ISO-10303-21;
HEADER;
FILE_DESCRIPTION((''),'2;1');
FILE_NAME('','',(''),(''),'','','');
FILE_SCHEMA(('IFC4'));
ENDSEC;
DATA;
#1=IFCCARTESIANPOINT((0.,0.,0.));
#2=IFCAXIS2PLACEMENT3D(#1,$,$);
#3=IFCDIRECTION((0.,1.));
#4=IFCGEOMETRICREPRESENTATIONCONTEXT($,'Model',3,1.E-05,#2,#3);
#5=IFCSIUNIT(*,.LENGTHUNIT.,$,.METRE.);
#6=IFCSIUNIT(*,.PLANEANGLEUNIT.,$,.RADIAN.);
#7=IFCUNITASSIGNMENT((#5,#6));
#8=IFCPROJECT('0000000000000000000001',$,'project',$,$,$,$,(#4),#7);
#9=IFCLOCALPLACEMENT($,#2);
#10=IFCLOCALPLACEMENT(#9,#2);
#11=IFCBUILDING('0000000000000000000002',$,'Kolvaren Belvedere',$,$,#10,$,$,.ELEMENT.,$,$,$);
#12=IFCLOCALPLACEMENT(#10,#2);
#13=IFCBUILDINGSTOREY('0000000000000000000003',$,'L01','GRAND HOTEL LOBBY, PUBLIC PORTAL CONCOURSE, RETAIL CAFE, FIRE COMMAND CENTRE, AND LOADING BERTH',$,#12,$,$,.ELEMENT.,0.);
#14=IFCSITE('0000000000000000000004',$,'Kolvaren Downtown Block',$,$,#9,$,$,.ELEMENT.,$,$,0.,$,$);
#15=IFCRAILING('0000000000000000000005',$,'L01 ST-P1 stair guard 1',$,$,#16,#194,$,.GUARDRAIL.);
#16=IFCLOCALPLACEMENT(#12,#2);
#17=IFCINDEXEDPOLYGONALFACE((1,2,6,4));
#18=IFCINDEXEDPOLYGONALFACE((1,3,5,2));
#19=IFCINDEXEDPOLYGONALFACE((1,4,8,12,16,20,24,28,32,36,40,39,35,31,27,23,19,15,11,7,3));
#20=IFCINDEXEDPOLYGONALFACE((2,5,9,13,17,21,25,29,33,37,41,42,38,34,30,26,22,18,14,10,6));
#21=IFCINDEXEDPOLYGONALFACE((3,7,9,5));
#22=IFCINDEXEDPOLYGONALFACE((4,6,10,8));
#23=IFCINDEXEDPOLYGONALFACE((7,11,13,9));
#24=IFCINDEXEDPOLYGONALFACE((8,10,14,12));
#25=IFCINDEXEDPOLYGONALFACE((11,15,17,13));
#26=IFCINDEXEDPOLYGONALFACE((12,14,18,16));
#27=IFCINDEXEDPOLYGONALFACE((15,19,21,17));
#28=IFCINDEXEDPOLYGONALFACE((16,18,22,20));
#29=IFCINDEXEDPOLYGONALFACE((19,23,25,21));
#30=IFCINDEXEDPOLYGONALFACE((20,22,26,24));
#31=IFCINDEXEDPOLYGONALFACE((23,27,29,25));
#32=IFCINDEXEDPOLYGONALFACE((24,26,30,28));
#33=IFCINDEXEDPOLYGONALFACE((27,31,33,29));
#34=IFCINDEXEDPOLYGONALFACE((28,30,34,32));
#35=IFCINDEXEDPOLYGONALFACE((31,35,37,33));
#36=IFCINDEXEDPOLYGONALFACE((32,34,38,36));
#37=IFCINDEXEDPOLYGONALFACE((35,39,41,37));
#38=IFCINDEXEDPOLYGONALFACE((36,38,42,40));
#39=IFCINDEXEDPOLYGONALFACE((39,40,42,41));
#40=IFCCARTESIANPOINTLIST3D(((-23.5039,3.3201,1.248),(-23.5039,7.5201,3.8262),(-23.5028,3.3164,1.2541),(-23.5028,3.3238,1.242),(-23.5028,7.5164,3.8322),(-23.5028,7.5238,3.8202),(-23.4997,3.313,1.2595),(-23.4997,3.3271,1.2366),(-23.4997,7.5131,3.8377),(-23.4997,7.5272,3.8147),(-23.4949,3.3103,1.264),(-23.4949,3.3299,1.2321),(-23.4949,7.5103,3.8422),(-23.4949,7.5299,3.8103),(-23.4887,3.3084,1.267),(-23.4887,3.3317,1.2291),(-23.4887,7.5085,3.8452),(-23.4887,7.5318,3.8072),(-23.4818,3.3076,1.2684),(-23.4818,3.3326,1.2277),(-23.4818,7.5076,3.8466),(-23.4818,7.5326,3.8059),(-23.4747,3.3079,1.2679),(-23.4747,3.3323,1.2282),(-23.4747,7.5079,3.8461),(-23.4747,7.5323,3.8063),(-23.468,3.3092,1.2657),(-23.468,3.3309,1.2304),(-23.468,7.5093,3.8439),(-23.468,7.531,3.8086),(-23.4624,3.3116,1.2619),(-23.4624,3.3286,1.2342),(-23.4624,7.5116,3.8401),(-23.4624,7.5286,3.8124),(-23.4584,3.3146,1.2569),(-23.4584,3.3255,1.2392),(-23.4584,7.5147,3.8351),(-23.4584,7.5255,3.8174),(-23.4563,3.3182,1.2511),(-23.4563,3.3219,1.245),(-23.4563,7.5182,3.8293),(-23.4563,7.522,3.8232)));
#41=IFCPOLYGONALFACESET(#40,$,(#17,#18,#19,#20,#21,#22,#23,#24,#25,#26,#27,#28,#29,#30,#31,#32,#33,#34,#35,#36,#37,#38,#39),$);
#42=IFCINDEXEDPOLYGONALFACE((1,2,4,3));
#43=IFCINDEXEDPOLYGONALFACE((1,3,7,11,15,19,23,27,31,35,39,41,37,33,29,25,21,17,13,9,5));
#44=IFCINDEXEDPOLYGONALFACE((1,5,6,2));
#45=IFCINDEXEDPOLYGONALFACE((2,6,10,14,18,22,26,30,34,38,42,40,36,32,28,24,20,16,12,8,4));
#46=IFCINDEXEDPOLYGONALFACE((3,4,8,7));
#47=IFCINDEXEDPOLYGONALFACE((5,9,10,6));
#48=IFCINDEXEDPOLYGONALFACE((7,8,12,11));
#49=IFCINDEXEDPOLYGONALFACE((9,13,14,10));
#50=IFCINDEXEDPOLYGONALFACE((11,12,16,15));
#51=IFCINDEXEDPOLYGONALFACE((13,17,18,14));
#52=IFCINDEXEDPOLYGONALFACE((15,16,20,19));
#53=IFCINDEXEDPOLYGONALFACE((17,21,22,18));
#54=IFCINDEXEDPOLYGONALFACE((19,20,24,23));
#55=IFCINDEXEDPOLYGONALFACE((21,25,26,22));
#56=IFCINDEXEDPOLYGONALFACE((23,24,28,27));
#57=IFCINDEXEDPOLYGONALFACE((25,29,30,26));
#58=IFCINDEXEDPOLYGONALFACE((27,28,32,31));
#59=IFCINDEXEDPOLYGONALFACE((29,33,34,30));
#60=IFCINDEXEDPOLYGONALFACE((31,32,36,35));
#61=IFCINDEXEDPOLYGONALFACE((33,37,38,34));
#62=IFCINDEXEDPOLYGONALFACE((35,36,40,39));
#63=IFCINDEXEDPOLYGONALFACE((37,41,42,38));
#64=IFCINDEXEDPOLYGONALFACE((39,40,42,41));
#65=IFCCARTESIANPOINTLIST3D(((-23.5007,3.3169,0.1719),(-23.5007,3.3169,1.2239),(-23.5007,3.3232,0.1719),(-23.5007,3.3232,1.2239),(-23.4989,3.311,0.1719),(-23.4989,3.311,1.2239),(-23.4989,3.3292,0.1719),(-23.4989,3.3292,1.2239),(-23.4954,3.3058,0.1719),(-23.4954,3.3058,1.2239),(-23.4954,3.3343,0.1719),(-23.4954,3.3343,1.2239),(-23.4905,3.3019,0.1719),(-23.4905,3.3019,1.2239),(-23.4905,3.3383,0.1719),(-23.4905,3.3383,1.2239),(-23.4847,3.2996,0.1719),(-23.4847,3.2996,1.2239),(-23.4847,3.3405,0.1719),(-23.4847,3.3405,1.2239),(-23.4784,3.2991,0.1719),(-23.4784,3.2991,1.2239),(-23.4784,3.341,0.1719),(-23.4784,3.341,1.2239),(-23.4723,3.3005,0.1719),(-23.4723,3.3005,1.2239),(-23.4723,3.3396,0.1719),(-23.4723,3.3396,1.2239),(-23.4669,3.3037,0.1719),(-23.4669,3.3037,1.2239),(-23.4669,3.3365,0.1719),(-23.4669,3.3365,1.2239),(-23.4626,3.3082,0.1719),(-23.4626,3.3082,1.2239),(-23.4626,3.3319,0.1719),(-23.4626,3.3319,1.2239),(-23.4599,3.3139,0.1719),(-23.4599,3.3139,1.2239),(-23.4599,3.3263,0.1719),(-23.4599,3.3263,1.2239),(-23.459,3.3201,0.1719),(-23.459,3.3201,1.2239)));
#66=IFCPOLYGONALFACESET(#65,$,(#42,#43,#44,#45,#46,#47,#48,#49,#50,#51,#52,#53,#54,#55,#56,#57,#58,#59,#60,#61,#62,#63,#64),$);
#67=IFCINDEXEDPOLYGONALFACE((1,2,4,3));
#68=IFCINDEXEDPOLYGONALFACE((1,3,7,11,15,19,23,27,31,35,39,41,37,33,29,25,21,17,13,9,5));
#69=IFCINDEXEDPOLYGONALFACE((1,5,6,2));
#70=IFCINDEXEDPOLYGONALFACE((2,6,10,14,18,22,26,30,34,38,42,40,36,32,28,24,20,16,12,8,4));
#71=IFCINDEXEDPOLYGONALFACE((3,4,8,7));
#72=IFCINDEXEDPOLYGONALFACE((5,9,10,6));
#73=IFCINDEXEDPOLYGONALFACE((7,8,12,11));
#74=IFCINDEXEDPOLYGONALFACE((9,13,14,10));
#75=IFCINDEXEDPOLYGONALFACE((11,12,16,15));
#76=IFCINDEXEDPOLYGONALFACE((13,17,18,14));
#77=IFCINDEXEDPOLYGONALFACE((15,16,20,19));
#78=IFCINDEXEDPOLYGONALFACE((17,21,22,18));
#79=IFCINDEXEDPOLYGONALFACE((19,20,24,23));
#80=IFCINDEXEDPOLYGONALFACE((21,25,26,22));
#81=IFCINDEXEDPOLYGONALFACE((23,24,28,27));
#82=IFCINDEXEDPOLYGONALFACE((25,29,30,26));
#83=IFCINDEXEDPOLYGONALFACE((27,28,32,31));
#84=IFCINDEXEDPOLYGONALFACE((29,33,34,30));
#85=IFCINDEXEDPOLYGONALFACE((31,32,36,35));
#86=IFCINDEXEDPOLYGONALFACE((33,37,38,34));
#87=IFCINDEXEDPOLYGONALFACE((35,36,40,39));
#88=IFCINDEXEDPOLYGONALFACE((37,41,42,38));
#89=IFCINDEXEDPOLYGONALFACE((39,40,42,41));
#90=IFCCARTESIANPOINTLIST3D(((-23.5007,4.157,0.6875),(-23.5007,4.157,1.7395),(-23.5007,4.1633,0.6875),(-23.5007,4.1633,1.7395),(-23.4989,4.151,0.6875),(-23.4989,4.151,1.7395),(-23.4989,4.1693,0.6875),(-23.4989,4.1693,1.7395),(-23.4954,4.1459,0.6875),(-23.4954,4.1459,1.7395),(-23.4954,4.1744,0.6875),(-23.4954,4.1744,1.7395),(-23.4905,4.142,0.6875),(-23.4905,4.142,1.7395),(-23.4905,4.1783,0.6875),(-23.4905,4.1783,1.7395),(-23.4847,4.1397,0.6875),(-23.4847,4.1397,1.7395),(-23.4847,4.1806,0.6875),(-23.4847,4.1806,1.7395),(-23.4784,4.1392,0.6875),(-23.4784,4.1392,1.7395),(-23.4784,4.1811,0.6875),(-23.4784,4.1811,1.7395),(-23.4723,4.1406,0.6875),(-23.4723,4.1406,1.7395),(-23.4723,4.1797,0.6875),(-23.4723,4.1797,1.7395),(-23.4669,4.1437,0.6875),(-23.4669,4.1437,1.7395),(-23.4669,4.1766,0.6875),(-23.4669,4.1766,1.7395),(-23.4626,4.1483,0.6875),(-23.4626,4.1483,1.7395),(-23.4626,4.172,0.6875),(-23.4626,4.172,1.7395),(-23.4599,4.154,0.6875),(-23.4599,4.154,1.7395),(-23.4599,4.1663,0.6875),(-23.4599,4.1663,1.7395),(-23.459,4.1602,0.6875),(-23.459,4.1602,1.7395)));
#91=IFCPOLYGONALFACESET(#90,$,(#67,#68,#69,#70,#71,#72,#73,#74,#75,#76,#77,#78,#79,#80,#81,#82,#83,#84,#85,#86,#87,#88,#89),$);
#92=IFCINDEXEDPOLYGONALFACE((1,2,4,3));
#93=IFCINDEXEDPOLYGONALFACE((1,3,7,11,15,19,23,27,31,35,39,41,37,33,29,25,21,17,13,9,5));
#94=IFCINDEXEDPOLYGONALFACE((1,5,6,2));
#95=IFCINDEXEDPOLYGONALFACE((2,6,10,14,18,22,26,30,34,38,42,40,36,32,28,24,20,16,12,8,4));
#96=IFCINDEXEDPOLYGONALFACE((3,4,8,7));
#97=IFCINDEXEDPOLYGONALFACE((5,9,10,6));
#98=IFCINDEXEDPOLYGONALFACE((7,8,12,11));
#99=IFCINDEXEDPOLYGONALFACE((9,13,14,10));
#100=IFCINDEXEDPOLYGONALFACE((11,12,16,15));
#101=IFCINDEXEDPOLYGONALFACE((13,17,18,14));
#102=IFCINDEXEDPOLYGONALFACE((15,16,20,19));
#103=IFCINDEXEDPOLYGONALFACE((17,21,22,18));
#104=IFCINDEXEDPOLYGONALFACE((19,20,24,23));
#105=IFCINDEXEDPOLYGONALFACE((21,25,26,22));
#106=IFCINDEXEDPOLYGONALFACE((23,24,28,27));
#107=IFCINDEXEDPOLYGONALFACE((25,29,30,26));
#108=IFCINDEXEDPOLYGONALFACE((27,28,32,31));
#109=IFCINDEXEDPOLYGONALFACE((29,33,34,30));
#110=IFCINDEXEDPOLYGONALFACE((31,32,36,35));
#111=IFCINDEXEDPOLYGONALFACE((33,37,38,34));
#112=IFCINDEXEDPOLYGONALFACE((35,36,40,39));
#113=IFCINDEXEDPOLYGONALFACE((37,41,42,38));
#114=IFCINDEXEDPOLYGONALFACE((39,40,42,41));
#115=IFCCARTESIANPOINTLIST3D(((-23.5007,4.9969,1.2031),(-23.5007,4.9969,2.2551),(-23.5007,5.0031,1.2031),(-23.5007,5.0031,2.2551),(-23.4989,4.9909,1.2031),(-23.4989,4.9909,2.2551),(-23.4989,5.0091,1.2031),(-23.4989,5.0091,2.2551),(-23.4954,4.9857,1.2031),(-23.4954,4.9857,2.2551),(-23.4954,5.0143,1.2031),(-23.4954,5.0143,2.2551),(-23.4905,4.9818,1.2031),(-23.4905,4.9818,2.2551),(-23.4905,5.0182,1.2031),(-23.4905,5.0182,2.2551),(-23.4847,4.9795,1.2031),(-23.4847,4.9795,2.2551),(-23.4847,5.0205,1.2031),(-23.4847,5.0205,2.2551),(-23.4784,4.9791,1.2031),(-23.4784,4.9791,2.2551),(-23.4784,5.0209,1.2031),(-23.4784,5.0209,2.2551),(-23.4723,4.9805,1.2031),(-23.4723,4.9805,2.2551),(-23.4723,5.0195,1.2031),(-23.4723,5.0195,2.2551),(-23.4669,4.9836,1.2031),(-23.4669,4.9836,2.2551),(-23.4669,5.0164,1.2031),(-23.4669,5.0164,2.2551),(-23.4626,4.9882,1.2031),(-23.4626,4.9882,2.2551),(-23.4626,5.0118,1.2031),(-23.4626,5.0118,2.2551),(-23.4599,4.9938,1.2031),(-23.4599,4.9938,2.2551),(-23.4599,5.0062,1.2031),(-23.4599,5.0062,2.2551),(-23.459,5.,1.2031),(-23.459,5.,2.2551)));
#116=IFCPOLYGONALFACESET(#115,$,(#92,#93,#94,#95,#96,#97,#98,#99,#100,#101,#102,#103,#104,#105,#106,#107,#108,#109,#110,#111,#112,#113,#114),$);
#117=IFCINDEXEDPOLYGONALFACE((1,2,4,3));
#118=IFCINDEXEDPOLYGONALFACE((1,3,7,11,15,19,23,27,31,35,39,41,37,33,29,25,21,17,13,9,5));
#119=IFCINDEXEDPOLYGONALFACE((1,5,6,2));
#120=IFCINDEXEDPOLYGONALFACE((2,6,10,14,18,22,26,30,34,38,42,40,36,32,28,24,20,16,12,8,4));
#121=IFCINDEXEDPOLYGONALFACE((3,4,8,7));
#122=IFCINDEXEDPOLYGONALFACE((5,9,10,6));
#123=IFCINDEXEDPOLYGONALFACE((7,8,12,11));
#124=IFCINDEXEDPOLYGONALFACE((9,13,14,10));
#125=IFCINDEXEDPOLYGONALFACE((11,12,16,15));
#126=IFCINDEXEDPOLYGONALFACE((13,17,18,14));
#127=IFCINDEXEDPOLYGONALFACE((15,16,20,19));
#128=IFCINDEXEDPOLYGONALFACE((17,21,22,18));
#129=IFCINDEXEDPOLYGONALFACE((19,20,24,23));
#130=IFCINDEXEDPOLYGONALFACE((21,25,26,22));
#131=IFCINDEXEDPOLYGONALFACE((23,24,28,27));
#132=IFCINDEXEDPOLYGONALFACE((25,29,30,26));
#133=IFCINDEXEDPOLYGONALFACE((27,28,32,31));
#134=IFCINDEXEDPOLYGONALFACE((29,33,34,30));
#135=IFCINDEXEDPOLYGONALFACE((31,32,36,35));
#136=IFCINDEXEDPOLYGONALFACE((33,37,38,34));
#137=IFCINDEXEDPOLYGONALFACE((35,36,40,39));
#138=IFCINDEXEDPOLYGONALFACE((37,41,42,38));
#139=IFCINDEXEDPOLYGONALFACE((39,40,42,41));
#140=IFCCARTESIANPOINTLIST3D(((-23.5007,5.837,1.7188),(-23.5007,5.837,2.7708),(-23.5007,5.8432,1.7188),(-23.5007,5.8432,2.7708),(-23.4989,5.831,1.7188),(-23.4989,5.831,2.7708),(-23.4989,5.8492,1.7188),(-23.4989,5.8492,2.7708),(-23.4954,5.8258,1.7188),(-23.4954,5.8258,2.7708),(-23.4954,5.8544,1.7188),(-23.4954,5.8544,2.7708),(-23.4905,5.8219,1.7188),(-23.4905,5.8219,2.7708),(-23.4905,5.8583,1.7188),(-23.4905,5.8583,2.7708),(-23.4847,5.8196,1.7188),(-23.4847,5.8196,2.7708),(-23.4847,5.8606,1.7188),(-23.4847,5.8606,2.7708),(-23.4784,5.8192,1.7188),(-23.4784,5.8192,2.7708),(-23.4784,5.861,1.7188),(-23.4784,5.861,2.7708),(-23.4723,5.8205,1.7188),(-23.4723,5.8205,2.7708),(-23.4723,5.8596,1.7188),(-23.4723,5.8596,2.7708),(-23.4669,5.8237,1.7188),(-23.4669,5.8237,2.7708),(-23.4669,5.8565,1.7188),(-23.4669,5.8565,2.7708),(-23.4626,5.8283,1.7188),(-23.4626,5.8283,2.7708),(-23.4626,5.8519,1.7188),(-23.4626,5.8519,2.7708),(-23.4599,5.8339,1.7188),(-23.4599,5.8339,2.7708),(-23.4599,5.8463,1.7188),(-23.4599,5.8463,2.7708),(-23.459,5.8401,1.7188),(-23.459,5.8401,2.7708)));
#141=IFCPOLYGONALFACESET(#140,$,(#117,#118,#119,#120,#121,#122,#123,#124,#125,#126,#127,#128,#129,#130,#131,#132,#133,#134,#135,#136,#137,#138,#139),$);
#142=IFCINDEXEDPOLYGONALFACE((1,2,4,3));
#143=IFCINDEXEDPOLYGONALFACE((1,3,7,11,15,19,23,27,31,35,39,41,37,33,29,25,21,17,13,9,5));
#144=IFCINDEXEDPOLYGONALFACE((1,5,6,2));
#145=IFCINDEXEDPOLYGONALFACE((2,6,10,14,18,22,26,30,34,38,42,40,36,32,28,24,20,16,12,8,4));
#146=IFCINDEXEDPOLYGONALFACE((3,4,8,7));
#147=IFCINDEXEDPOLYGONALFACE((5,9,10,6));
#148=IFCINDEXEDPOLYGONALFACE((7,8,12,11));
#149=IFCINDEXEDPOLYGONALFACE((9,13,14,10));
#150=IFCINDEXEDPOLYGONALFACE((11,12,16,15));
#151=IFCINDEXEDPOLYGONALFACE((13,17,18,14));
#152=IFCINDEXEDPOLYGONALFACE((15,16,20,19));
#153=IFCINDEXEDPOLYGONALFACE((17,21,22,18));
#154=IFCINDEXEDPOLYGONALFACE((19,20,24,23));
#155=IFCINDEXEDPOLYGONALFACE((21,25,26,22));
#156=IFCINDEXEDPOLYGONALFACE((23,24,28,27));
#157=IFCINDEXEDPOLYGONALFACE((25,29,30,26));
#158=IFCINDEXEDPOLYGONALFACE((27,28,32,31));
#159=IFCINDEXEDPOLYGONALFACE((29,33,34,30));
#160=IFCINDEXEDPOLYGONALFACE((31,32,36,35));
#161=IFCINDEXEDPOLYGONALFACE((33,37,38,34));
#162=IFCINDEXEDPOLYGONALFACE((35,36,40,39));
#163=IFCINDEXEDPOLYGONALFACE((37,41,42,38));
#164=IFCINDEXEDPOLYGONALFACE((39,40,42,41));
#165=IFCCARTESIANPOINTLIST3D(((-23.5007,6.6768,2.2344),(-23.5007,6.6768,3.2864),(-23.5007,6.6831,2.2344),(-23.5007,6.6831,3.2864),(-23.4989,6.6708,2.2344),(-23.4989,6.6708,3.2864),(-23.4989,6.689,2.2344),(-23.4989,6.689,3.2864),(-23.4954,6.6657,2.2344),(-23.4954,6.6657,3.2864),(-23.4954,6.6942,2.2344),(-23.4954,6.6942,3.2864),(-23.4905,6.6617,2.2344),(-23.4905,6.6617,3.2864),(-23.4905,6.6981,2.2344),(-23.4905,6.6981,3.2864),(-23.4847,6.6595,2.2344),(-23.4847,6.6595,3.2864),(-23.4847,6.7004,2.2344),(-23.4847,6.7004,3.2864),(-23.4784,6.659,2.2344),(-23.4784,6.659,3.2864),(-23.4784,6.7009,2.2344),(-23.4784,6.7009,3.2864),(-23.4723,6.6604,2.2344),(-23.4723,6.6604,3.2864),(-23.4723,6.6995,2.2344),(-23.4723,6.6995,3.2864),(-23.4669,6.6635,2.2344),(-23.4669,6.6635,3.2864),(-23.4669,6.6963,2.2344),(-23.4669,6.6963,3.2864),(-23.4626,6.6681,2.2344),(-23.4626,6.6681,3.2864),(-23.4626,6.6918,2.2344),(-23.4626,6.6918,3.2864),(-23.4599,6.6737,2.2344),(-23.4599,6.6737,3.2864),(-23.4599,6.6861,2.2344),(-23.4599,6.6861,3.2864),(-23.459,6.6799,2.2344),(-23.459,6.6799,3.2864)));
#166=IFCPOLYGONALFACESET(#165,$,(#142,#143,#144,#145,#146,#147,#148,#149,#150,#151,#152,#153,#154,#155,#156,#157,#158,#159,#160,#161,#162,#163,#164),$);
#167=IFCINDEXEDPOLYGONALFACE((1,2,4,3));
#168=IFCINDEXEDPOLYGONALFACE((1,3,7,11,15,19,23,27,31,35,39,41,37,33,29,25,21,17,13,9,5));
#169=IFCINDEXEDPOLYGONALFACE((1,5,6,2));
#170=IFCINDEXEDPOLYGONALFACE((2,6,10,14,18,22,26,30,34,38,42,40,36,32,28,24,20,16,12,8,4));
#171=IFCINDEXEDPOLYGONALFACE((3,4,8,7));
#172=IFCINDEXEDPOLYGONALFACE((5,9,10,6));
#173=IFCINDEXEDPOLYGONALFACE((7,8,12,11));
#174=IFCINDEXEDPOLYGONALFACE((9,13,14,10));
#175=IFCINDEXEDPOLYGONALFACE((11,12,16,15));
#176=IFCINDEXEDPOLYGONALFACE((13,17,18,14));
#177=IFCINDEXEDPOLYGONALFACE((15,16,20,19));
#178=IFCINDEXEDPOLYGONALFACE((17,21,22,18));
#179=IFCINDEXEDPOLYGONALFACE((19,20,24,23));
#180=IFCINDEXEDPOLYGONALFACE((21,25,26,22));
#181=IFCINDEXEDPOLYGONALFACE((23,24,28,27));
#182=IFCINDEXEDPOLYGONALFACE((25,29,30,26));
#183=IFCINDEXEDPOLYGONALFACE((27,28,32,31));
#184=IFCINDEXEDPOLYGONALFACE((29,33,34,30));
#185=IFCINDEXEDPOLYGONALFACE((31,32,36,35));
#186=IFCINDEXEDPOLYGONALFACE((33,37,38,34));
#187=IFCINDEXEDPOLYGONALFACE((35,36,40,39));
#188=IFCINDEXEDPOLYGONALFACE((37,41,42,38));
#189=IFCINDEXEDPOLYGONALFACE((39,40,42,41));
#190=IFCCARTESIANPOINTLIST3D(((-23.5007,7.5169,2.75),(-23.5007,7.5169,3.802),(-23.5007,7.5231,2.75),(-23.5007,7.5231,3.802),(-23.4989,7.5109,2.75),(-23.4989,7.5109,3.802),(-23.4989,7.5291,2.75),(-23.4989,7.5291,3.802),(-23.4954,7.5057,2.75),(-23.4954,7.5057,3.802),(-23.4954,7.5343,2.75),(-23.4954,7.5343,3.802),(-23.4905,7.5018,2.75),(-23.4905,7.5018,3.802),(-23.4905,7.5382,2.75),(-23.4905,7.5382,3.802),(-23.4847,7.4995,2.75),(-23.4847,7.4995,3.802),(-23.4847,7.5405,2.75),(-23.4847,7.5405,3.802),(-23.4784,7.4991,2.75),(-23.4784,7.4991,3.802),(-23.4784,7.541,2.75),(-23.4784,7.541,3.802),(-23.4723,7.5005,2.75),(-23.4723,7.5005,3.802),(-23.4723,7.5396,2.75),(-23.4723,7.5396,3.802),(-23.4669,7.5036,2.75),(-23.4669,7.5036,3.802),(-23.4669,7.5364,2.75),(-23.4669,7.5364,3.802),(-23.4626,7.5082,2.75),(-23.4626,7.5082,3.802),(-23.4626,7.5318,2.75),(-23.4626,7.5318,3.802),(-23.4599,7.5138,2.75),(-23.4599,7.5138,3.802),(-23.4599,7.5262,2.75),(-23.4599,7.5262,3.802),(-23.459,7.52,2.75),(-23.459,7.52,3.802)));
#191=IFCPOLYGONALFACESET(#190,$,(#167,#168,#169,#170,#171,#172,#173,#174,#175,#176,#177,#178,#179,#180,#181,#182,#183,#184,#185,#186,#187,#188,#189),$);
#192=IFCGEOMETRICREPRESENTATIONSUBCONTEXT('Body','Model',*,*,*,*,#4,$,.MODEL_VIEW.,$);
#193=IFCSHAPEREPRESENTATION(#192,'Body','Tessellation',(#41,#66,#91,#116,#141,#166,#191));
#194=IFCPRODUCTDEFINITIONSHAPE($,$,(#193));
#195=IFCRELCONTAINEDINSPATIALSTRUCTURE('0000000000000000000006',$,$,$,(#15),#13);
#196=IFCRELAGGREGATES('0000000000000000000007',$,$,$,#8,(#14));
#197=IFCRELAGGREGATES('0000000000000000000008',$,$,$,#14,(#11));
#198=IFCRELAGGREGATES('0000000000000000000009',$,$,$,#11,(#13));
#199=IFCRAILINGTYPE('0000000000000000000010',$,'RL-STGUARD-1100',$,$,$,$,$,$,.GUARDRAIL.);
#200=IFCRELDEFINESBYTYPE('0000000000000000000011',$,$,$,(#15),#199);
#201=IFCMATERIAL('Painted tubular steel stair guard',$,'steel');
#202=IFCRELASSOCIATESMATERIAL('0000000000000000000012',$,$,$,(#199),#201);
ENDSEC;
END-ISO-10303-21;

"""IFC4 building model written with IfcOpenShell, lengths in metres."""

from ifc_helpers import new_model, si_unit, direction, frame, origin, origin_2d, place, context, subcontext, project, spatial, circle, extrude, material, type_object, element, save


model = new_model("IFC4")

# Units and contexts
model_context = context("Model", 3, precision=1e-05, world=origin(), true_north=direction((0.0, 1.0)))
body_context = subcontext(model_context, "Body", "Model", "MODEL_VIEW")
ifc_project = project(units=[si_unit("LENGTHUNIT", "METRE"), si_unit("PLANEANGLEUNIT", "RADIAN")], contexts=[model_context])

# Site, building, storey
site_placement = place(None, origin())
site = spatial("IfcSite", under=ifc_project, at=site_placement, Name="Kolvaren Downtown Block", CompositionType="ELEMENT", RefElevation=0.0)
building_placement = place(site_placement, origin())
building = spatial("IfcBuilding", under=site, at=building_placement, Name="Kolvaren Belvedere", CompositionType="ELEMENT")
storey_placement = place(building_placement, origin())
storey = spatial("IfcBuildingStorey", under=building, at=storey_placement, Name="L01", Description="GRAND HOTEL LOBBY, PUBLIC PORTAL CONCOURSE, RETAIL CAFE, FIRE COMMAND CENTRE, AND LOADING BERTH", CompositionType="ELEMENT", Elevation=0.0)

# Railing
ifc_material_1 = material(Name="Painted tubular steel stair guard", Category="steel")
railing_type_1 = type_object("IfcRailingType", Name="RL-STGUARD-1100", PredefinedType="GUARDRAIL", material=ifc_material_1)
railing_1_placement = place(storey_placement, frame((-23.48, 3.3201, 0.1719)))
element("IfcRailing", 1, at=railing_1_placement, inside=storey, type_object=railing_type_1, Name="L01 ST-P1 stair guard 1", PredefinedType="GUARDRAIL", context=body_context, shape_type="SweptSolid", body=[
    extrude(circle(Radius=0.0239, at=origin_2d()), frame((0.0, 0.0, 1.0762), z_axis=(0.0, 0.852243, 0.523146), x_axis=(-1.0, 0.0, 0.0)), (0.0, 0.0, 1.0), 4.9282),
    extrude(circle(Radius=0.021, at=origin_2d()), origin(), (0.0, 0.0, 1.0), 1.052),
    extrude(circle(Radius=0.021, at=origin_2d()), frame((0.0, 0.8401, 0.5156)), (0.0, 0.0, 1.0), 1.052),
    extrude(circle(Radius=0.021, at=origin_2d()), frame((0.0, 1.6799, 1.0312)), (0.0, 0.0, 1.0), 1.052),
    extrude(circle(Radius=0.021, at=origin_2d()), frame((0.0, 2.52, 1.5469)), (0.0, 0.0, 1.0), 1.052),
    extrude(circle(Radius=0.021, at=origin_2d()), frame((0.0, 3.3599, 2.0625)), (0.0, 0.0, 1.0), 1.052),
    extrude(circle(Radius=0.021, at=origin_2d()), frame((0.0, 4.2, 2.5781)), (0.0, 0.0, 1.0), 1.052),
])

save(model, "model.ifc")
